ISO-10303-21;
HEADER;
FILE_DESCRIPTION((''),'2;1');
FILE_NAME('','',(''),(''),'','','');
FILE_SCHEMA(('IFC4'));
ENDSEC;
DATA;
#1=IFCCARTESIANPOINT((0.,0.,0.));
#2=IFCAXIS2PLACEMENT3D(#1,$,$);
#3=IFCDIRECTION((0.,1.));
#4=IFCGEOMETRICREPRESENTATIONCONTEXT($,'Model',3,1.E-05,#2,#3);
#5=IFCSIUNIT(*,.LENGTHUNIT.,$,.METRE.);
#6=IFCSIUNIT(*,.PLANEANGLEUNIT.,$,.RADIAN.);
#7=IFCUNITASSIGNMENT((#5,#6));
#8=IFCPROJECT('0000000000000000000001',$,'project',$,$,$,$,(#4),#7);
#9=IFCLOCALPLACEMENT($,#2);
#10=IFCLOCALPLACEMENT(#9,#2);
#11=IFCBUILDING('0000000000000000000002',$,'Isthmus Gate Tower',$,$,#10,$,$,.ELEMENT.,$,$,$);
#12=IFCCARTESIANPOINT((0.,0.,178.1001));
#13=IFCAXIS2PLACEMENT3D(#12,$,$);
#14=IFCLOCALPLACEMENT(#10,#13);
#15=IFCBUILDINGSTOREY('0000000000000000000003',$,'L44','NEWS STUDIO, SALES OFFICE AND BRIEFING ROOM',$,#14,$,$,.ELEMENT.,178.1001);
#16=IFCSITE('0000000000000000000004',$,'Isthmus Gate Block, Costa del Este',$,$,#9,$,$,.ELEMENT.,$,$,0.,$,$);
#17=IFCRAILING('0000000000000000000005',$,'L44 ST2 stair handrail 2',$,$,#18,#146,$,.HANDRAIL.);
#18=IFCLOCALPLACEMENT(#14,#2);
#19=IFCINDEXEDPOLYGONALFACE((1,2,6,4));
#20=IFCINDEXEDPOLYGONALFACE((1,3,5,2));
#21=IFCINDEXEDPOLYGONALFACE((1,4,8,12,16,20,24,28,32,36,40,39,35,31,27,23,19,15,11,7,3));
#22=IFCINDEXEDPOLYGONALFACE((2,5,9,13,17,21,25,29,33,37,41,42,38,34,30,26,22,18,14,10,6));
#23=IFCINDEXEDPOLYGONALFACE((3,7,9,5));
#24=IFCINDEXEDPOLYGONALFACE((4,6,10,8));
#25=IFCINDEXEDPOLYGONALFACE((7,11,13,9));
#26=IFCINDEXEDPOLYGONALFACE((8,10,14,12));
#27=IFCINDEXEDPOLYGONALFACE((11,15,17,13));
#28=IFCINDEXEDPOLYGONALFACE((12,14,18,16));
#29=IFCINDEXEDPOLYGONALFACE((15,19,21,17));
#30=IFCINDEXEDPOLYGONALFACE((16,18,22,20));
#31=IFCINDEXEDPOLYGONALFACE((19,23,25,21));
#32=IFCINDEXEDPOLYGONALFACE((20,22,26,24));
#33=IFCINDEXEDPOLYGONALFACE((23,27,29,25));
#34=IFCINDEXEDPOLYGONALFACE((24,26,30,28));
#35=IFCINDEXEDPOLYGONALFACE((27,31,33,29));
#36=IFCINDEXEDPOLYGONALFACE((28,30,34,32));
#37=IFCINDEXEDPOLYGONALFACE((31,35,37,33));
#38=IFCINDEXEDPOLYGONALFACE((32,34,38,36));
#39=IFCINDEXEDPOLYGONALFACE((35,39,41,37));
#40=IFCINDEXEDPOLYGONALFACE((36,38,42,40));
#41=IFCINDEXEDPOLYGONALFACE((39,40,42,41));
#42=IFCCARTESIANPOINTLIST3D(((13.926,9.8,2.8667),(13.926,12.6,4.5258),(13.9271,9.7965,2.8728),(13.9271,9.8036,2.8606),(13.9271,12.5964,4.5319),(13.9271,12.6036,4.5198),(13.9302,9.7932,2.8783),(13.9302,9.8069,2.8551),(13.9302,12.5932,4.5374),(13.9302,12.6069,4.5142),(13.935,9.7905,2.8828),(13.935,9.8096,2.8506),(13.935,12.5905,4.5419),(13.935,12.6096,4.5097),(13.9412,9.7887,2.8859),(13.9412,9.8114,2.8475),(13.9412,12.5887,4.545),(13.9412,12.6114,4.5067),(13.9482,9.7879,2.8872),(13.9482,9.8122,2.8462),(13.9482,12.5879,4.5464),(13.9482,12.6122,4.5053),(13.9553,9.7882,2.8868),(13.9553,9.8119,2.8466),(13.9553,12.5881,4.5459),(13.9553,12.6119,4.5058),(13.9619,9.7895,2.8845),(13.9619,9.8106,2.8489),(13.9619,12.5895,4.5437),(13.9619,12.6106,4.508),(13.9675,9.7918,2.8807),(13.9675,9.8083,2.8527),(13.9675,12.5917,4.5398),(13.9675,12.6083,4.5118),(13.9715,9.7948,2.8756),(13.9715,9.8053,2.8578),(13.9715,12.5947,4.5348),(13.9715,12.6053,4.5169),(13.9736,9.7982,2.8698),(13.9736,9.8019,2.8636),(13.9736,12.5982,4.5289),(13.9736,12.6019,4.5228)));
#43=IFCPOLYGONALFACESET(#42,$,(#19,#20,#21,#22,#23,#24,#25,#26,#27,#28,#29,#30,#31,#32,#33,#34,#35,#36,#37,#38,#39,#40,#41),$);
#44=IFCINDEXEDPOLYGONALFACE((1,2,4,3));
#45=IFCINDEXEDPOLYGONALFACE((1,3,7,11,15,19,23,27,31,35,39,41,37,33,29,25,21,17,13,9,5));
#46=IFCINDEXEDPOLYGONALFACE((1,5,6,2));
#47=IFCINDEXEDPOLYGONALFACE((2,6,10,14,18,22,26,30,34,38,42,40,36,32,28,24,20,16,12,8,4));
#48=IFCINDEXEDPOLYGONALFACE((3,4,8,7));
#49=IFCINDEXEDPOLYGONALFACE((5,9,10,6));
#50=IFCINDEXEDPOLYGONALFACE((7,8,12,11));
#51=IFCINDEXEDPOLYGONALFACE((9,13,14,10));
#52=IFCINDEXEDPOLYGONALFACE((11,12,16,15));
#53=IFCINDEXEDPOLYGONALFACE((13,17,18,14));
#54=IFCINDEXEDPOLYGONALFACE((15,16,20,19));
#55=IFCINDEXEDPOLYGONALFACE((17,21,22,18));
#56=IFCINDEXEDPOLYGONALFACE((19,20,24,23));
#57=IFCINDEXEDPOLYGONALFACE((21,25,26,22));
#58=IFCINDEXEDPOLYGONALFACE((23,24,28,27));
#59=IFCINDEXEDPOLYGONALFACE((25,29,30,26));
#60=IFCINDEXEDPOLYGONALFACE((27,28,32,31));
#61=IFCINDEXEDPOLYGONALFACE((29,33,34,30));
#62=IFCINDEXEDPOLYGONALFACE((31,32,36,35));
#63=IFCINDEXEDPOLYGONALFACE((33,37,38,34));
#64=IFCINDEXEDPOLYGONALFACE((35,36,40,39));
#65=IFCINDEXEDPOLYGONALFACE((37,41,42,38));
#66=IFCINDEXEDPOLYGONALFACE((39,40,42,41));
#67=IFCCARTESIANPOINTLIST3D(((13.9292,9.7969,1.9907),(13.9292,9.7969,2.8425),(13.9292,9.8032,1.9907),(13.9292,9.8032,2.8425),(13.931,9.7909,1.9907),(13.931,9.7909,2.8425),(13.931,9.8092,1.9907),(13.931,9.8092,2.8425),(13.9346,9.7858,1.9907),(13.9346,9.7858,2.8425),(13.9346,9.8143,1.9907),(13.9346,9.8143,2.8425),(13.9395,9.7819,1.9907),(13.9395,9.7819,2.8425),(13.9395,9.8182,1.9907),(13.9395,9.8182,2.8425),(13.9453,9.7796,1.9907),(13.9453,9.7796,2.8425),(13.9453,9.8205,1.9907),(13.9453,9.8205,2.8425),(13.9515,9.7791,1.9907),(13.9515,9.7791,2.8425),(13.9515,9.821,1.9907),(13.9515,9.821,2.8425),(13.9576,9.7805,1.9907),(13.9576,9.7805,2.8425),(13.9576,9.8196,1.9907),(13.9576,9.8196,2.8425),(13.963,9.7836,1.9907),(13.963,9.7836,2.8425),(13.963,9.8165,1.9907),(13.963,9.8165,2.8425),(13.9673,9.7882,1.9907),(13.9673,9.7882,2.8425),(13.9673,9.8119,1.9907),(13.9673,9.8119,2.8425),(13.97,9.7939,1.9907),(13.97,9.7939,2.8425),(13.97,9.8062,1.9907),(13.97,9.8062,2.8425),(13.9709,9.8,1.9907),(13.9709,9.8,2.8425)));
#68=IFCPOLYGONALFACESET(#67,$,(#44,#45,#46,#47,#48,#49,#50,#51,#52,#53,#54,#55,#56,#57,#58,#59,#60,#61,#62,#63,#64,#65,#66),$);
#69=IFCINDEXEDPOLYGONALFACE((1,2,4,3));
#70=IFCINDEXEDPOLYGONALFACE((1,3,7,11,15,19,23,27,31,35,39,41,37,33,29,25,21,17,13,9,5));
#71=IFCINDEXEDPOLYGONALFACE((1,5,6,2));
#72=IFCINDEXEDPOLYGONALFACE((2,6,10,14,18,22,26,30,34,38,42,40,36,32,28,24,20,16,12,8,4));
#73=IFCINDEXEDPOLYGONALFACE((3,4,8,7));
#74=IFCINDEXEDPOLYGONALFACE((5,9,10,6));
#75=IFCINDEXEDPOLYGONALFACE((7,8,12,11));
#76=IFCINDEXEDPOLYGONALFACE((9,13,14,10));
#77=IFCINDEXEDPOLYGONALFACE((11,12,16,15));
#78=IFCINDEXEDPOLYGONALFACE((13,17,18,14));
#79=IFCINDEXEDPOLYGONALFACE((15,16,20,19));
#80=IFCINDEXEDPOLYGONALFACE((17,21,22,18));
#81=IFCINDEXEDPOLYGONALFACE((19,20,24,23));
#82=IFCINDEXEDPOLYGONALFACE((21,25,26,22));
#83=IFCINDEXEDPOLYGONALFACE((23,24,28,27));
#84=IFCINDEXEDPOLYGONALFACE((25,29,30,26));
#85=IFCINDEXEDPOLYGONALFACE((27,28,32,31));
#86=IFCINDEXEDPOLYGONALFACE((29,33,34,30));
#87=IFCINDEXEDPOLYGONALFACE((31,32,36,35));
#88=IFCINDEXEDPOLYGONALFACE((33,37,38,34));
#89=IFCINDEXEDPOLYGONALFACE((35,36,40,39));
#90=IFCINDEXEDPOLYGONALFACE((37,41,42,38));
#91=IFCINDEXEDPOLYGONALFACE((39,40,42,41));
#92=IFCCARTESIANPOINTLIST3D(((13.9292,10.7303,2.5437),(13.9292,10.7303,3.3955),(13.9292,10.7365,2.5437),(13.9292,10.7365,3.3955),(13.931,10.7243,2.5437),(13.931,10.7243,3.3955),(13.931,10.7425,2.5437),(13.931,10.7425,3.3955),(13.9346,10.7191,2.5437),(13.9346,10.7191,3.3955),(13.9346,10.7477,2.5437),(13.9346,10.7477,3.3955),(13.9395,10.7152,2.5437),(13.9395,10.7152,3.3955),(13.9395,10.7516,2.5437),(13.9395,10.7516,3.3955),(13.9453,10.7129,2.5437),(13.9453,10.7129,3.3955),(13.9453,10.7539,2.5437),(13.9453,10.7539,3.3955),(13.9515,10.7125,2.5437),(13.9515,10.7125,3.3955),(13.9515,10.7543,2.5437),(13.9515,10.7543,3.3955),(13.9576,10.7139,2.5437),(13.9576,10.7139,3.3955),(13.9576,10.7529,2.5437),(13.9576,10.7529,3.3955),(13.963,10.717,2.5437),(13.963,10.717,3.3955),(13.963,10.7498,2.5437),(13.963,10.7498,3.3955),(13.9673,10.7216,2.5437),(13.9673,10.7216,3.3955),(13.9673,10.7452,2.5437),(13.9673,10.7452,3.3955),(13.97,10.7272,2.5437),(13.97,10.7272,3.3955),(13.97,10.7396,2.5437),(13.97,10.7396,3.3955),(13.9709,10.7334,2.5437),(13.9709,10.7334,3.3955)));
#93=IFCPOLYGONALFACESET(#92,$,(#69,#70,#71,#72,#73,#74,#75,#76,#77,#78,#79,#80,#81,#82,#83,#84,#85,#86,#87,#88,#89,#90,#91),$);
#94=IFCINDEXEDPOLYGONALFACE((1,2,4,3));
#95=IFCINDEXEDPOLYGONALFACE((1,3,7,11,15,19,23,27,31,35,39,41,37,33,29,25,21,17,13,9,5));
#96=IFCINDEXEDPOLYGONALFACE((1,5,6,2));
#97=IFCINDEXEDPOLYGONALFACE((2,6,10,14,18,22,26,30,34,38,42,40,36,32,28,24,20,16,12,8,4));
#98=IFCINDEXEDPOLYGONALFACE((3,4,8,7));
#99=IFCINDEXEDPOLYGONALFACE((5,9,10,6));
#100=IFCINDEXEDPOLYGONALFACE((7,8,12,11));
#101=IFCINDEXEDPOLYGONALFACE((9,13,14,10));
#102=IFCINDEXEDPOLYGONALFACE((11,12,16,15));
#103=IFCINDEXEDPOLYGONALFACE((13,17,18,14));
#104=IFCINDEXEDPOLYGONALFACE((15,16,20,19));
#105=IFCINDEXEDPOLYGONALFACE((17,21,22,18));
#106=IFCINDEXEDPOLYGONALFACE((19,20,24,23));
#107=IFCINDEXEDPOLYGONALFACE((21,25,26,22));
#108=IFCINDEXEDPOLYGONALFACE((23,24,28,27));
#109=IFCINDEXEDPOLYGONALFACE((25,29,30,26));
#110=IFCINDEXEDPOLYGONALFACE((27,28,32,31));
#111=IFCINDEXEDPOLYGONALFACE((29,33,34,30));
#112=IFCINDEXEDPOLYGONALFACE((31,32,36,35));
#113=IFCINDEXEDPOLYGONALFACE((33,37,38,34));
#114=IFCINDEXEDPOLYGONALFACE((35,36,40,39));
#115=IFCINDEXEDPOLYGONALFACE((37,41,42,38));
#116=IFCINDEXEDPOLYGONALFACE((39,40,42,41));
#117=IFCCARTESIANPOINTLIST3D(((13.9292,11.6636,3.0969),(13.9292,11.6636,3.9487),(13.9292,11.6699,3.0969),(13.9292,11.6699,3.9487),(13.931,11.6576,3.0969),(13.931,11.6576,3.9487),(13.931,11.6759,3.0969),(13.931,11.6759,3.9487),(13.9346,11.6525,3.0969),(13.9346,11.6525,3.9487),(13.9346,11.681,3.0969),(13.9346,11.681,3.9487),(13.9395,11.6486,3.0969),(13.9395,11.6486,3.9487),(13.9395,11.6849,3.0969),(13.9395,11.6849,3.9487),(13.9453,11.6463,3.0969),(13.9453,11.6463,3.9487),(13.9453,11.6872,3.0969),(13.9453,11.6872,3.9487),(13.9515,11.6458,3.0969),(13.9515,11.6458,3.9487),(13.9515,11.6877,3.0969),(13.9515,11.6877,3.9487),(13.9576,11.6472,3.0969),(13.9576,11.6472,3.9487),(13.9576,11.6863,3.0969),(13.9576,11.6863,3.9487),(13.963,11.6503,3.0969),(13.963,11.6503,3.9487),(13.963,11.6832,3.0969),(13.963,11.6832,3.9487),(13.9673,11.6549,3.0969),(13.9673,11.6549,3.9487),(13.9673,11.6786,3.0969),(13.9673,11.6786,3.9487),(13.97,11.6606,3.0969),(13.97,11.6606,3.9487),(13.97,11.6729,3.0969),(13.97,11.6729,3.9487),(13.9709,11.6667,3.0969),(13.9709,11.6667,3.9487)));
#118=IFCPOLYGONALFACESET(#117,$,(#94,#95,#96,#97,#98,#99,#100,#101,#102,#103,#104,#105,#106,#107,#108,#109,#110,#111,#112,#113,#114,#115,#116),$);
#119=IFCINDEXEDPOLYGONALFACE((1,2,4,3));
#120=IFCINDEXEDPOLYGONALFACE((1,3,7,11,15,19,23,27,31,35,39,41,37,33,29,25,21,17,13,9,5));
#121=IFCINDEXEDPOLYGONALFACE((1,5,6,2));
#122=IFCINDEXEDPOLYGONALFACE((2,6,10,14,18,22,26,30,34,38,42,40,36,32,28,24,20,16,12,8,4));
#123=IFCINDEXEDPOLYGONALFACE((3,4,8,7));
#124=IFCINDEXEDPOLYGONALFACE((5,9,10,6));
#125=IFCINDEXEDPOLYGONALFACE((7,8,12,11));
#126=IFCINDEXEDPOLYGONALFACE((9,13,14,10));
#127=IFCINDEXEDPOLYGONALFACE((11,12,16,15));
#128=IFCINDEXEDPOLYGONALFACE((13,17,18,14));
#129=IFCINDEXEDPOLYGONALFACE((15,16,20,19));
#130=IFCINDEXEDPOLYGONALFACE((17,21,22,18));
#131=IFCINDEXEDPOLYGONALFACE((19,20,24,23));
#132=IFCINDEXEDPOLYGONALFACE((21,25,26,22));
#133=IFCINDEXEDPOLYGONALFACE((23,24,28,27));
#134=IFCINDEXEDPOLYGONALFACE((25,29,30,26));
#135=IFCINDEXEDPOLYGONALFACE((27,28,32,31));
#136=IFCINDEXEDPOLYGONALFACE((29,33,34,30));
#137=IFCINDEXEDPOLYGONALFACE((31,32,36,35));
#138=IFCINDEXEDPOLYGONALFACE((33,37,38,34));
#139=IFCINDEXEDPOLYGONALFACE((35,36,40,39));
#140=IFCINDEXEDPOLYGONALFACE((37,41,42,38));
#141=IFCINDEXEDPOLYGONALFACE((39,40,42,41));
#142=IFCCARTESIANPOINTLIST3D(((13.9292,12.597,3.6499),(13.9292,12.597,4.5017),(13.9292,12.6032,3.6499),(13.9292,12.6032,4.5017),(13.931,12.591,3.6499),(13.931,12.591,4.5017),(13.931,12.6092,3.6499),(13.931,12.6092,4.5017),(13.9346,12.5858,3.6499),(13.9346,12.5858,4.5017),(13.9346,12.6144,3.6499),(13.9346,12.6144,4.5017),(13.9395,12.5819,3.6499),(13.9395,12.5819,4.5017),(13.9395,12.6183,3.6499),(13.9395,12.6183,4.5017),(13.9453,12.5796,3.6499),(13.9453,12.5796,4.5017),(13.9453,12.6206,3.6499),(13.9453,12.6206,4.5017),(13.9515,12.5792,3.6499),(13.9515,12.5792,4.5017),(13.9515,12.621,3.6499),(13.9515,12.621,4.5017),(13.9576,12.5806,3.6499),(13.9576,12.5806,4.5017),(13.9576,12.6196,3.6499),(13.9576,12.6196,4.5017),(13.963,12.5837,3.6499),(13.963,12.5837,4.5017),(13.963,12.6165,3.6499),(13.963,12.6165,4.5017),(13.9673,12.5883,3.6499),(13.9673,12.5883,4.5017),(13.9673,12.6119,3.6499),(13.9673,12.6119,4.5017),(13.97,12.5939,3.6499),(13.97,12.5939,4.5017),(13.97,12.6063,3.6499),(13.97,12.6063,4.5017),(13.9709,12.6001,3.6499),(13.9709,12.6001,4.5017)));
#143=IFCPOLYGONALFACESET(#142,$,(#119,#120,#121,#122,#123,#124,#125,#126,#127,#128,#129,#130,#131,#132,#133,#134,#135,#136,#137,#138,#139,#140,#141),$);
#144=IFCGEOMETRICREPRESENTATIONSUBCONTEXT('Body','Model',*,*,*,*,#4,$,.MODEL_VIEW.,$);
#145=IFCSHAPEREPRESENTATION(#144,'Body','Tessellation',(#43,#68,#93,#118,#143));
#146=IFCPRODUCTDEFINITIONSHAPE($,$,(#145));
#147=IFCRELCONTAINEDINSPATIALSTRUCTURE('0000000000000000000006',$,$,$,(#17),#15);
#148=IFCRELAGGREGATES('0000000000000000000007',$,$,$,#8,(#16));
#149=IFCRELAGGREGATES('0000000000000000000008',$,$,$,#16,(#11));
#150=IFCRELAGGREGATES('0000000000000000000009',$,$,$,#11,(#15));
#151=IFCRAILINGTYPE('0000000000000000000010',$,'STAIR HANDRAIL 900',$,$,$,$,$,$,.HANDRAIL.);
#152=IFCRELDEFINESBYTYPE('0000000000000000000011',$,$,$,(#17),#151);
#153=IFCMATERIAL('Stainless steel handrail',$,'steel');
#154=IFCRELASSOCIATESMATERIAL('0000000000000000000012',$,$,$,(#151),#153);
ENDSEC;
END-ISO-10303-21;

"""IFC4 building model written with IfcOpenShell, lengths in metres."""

from ifc_helpers import new_model, si_unit, direction, frame, origin, origin_2d, place, context, subcontext, project, spatial, circle, extrude, material, type_object, element, save


model = new_model("IFC4")

# Units and contexts
model_context = context("Model", 3, precision=1e-05, world=origin(), true_north=direction((0.0, 1.0)))
body_context = subcontext(model_context, "Body", "Model", "MODEL_VIEW")
ifc_project = project(units=[si_unit("LENGTHUNIT", "METRE"), si_unit("PLANEANGLEUNIT", "RADIAN")], contexts=[model_context])

# Site, building, storey
site_placement = place(None, origin())
site = spatial("IfcSite", under=ifc_project, at=site_placement, Name="Isthmus Gate Block, Costa del Este", CompositionType="ELEMENT", RefElevation=0.0)
building_placement = place(site_placement, origin())
building = spatial("IfcBuilding", under=site, at=building_placement, Name="Isthmus Gate Tower", CompositionType="ELEMENT")
storey_placement = place(building_placement, frame((0.0, 0.0, 178.1001)))
storey = spatial("IfcBuildingStorey", under=building, at=storey_placement, Name="L44", Description="NEWS STUDIO, SALES OFFICE AND BRIEFING ROOM", CompositionType="ELEMENT", Elevation=178.1001)

# Railing
ifc_material_1 = material(Name="Stainless steel handrail", Category="steel")
railing_type = type_object("IfcRailingType", Name="STAIR HANDRAIL 900", PredefinedType="HANDRAIL", material=ifc_material_1)
railing_placement = place(storey_placement, frame((13.95, 9.8, 1.9907)))
element("IfcRailing", 1, at=railing_placement, inside=storey, type_object=railing_type, Name="L44 ST2 stair handrail 2", PredefinedType="HANDRAIL", context=body_context, shape_type="SweptSolid", body=[
    extrude(circle(Radius=0.0239, at=origin_2d()), frame((0.0, 0.0, 0.876), z_axis=(0.0, 0.860306, 0.509778), x_axis=(-1.0, 0.0, 0.0)), (0.0, 0.0, 1.0), 3.2546),
    extrude(circle(Radius=0.021, at=origin_2d()), origin(), (0.0, 0.0, 1.0), 0.8518),
    extrude(circle(Radius=0.021, at=origin_2d()), frame((0.0, 0.9333, 0.553)), (0.0, 0.0, 1.0), 0.8518),
    extrude(circle(Radius=0.021, at=origin_2d()), frame((0.0, 1.8667, 1.1062)), (0.0, 0.0, 1.0), 0.8518),
    extrude(circle(Radius=0.021, at=origin_2d()), frame((0.0, 2.8, 1.6592)), (0.0, 0.0, 1.0), 0.8518),
])

save(model, "model.ifc")
